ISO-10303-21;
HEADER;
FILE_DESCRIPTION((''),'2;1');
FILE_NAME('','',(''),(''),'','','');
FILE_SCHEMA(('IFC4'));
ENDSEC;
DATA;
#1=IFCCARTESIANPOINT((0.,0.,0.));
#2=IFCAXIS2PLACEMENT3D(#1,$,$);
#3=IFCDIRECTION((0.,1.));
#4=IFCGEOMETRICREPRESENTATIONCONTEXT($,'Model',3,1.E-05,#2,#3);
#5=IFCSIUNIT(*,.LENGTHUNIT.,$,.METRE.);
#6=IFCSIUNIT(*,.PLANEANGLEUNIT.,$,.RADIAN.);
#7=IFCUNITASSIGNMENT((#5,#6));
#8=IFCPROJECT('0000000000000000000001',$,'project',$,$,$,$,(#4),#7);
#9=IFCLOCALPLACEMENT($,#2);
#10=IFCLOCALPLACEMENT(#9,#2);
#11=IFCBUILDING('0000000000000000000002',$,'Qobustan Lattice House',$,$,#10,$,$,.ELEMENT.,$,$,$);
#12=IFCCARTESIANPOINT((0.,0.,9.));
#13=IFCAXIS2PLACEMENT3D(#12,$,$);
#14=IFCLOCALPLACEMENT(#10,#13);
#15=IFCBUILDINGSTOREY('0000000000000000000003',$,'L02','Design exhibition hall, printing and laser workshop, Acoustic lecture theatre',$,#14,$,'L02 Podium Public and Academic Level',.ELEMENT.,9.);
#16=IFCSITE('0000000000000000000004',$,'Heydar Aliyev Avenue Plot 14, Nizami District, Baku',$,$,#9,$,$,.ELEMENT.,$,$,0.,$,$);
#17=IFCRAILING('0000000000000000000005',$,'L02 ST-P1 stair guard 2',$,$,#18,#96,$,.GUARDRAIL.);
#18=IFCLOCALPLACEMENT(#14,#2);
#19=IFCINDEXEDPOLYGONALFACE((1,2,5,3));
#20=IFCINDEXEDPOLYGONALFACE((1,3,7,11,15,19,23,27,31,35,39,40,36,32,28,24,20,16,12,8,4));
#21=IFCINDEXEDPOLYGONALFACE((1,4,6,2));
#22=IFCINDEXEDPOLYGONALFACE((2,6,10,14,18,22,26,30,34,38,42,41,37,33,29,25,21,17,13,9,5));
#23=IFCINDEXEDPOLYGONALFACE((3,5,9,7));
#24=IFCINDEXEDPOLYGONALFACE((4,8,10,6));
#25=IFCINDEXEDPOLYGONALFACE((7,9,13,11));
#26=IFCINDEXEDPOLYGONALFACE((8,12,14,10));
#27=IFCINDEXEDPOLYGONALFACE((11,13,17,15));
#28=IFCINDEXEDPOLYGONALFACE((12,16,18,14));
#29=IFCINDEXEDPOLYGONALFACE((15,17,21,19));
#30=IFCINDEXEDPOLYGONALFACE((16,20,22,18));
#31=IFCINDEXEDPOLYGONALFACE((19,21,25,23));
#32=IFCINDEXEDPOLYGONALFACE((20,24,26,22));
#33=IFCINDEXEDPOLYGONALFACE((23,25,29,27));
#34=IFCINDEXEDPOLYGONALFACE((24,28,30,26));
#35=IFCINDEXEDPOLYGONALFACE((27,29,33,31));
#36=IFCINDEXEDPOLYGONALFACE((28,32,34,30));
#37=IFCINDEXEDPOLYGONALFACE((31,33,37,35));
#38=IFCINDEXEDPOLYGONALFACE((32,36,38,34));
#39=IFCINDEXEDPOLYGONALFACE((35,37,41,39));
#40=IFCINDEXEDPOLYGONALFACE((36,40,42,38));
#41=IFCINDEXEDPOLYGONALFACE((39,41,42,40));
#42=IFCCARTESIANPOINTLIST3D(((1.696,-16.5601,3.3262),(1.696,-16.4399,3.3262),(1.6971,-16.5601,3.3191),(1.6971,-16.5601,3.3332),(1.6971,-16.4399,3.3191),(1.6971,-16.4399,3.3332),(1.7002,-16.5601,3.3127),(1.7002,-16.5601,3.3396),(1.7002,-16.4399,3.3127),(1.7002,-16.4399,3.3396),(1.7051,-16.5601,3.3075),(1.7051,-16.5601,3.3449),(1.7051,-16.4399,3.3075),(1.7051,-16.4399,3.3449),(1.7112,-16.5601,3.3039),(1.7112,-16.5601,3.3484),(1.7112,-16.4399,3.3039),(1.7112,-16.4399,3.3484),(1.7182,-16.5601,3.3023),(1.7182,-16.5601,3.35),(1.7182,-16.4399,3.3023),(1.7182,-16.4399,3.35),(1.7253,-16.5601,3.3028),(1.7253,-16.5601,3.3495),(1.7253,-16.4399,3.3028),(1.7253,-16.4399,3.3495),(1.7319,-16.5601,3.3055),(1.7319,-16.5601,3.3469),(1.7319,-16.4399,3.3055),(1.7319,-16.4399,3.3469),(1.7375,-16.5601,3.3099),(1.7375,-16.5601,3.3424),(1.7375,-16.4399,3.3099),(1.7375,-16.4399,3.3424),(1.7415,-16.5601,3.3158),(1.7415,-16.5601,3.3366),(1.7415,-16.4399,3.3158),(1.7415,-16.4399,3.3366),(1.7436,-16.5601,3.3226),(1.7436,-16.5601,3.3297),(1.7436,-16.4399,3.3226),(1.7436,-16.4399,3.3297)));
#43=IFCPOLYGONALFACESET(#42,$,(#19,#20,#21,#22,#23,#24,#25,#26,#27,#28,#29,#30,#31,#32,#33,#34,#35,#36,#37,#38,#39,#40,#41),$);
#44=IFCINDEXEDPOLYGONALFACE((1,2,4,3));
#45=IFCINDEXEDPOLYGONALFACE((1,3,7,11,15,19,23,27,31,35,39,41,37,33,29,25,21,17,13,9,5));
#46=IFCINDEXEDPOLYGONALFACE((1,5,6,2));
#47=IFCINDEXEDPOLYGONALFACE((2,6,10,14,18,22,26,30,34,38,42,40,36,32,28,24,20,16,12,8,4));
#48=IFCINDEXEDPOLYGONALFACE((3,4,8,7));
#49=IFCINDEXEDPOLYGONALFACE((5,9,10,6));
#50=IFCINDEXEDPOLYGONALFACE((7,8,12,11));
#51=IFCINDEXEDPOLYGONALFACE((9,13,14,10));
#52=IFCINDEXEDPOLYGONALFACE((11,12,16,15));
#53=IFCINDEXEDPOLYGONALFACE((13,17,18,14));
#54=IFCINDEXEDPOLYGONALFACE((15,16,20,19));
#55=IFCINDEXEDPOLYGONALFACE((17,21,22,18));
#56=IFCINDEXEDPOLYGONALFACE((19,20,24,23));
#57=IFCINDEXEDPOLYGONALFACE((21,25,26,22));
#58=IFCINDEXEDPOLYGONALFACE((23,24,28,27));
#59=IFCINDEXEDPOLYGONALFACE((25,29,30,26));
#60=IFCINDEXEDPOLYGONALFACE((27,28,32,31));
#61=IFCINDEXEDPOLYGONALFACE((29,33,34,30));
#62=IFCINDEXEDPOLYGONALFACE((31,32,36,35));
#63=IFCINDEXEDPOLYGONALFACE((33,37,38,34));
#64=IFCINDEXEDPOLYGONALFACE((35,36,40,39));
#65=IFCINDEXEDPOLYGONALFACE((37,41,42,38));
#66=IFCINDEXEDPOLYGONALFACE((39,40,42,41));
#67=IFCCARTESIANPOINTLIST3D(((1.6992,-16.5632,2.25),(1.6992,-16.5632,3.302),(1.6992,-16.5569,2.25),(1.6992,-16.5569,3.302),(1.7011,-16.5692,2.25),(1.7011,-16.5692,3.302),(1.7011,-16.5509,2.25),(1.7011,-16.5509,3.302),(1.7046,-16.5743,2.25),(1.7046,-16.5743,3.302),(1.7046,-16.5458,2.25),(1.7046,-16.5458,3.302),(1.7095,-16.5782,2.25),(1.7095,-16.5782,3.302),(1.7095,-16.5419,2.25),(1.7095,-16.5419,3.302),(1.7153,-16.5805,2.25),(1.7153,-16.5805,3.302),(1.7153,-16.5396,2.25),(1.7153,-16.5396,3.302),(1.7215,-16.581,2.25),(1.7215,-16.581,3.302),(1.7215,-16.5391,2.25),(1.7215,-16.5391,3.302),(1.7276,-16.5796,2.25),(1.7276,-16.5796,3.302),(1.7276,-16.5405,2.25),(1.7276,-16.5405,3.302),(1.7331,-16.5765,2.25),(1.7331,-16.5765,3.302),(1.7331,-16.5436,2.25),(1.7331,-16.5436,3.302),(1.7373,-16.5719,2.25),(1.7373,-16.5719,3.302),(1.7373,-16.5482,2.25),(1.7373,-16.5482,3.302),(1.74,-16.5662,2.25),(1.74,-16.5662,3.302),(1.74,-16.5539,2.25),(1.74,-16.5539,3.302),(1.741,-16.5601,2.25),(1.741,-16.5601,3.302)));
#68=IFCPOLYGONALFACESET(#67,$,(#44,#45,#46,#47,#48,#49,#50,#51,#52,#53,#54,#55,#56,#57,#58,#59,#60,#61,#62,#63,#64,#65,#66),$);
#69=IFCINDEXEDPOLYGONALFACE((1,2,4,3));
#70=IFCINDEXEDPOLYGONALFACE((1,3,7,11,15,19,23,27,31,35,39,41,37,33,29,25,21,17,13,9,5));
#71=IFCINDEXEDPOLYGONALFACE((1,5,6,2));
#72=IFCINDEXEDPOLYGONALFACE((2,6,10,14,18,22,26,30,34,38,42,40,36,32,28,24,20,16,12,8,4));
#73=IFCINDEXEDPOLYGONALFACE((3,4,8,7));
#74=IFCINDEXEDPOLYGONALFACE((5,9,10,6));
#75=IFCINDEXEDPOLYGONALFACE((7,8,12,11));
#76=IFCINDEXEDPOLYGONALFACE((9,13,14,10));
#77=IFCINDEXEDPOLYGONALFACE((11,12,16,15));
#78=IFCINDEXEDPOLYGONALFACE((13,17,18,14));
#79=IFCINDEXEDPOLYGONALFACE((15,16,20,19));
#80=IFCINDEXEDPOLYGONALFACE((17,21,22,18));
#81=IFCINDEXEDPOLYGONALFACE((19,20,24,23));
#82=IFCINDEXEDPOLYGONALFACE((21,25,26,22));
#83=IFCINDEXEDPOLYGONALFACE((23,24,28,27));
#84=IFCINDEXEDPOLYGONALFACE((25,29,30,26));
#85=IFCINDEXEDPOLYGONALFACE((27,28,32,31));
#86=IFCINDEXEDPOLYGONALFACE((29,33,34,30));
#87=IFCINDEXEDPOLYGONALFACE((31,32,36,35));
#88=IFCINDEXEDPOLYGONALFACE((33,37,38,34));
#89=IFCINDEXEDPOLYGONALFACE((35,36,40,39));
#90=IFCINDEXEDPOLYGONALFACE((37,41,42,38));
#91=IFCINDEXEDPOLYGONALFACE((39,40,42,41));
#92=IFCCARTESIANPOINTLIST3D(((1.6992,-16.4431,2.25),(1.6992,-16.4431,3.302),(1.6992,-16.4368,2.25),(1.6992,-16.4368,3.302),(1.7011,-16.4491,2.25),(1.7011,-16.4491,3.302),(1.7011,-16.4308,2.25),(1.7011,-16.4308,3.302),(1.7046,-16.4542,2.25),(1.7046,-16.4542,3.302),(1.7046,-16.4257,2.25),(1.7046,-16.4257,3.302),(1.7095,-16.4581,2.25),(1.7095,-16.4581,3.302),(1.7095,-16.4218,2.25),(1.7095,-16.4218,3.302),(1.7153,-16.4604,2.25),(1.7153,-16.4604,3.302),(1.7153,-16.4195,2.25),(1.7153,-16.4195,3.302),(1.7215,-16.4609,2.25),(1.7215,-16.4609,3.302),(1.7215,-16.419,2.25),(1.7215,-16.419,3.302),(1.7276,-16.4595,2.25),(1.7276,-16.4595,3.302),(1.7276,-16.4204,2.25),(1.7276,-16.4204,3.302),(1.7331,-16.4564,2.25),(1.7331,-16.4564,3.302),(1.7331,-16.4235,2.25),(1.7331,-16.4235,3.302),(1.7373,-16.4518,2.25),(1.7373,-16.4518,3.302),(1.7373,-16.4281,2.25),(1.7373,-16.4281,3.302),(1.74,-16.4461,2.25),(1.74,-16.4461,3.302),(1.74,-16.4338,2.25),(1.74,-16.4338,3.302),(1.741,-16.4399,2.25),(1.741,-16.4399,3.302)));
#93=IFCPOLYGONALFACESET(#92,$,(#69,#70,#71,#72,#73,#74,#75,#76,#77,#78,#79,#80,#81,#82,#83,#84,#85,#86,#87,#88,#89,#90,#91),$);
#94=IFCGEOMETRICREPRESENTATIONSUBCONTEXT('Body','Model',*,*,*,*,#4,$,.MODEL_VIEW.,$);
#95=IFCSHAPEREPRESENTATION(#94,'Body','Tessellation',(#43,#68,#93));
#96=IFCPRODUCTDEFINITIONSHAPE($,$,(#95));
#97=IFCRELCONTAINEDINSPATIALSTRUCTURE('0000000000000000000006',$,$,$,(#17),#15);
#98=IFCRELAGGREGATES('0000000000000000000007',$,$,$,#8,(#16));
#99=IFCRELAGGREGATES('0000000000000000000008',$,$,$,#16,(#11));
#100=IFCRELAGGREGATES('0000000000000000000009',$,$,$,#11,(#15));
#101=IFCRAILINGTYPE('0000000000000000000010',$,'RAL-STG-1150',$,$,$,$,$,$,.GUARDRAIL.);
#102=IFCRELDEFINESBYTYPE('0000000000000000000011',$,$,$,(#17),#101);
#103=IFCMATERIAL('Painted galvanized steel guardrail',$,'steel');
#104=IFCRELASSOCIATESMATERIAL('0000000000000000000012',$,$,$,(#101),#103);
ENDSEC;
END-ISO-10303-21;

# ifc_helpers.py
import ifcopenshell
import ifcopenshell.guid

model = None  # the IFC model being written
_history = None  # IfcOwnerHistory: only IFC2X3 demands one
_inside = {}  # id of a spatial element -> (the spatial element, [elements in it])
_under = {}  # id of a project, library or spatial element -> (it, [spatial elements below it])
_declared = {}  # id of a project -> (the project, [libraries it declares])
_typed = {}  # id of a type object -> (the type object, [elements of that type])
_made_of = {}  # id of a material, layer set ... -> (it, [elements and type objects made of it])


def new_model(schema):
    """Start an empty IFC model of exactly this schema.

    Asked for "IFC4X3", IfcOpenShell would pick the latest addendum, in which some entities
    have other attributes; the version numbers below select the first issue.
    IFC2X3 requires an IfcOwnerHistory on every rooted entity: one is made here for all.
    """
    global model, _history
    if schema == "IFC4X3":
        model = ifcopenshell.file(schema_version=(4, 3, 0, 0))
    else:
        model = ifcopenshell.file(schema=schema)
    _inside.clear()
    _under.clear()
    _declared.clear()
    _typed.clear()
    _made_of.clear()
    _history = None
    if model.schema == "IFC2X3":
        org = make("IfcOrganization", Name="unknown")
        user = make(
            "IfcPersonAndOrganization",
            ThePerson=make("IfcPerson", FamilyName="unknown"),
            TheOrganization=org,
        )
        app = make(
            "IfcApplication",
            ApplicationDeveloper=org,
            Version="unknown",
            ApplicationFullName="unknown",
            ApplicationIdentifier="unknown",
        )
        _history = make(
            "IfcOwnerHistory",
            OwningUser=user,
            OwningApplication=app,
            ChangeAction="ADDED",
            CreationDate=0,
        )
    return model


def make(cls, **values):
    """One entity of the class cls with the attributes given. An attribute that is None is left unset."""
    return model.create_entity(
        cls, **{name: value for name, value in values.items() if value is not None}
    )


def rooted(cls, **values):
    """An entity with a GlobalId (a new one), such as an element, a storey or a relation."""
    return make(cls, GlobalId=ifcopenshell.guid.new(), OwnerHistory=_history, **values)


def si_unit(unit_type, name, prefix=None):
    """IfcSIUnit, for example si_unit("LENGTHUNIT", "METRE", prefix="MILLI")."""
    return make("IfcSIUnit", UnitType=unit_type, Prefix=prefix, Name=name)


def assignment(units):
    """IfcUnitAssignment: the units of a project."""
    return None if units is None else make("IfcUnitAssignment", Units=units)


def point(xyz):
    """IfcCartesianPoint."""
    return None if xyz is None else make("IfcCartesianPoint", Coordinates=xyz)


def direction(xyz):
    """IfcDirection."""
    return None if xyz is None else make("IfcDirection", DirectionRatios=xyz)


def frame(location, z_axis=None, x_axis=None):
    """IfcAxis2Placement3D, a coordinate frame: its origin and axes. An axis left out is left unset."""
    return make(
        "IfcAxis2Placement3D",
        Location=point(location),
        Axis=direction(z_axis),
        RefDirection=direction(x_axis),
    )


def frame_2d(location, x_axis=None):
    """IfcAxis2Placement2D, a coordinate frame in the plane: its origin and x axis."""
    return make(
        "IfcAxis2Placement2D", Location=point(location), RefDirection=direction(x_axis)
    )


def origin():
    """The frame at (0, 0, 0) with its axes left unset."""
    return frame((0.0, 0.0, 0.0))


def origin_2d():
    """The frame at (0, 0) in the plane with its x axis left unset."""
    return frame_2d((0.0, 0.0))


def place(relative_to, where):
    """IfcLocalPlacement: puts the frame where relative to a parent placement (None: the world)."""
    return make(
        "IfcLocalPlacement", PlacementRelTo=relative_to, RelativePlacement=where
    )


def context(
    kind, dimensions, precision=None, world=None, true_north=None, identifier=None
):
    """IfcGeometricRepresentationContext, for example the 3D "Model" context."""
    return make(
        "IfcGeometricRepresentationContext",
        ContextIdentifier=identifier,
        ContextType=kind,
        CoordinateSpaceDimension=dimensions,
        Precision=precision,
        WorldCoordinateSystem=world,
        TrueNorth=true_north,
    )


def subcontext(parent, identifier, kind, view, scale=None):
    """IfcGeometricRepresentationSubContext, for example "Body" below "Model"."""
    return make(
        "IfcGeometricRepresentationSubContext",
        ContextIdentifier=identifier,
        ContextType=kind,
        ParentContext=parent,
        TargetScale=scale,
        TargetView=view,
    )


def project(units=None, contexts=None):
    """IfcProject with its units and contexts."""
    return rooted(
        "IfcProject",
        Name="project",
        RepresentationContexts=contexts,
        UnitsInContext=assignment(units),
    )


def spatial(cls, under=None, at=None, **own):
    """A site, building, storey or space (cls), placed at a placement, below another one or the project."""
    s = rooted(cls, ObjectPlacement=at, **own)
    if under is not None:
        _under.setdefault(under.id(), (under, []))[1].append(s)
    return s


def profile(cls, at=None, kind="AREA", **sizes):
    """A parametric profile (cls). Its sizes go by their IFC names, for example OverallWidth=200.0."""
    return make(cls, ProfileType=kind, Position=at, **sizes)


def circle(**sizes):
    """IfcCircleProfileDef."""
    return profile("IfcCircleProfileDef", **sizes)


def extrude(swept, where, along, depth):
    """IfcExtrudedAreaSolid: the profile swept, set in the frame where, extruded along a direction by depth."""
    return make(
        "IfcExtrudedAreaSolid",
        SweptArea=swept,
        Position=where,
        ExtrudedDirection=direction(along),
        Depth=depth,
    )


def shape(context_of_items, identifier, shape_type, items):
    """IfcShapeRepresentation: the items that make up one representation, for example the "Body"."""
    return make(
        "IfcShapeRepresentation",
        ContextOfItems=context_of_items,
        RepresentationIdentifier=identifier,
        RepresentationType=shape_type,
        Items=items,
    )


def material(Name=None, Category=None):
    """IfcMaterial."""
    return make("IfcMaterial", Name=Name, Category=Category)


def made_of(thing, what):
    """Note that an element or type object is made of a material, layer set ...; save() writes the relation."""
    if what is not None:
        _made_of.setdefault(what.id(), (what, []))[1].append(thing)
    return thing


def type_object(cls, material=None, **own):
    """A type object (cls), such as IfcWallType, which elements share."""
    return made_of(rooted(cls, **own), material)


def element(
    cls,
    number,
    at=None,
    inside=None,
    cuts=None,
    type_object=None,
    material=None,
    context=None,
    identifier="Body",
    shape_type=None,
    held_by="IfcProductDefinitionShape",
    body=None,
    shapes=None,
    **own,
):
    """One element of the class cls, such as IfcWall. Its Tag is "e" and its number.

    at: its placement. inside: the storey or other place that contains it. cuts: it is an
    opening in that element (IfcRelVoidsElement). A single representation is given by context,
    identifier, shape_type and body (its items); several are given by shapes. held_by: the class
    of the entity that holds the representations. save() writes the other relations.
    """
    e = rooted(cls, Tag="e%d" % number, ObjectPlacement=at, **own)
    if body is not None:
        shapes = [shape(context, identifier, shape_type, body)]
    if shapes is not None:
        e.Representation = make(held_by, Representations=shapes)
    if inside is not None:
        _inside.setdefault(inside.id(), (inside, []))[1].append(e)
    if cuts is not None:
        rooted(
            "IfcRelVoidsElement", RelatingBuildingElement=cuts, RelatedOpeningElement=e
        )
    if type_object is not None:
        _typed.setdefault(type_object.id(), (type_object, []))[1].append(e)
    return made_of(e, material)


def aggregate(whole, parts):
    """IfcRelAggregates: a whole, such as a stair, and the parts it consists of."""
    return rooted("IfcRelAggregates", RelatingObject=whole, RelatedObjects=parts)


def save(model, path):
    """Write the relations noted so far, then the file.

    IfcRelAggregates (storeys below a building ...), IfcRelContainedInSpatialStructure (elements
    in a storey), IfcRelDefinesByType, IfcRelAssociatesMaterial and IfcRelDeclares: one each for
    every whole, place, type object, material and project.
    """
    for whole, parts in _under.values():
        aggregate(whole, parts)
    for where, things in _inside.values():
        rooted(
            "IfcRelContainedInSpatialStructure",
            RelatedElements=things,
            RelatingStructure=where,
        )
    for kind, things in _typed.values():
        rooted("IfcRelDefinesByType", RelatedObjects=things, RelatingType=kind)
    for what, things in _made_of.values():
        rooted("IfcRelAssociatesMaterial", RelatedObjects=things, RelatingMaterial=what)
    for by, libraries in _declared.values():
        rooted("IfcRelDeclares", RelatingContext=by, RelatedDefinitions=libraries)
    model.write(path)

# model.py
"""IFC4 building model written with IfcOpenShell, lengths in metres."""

from ifc_helpers import new_model, si_unit, direction, frame, origin, origin_2d, place, context, subcontext, project, spatial, circle, extrude, material, type_object, element, save


model = new_model("IFC4")

# Units and contexts
model_context = context("Model", 3, precision=1e-05, world=origin(), true_north=direction((0.0, 1.0)))
body_context = subcontext(model_context, "Body", "Model", "MODEL_VIEW")
ifc_project = project(units=[si_unit("LENGTHUNIT", "METRE"), si_unit("PLANEANGLEUNIT", "RADIAN")], contexts=[model_context])

# Site, building, storey
site_placement = place(None, origin())
site = spatial("IfcSite", under=ifc_project, at=site_placement, Name="Heydar Aliyev Avenue Plot 14, Nizami District, Baku", CompositionType="ELEMENT", RefElevation=0.0)
building_placement = place(site_placement, origin())
building = spatial("IfcBuilding", under=site, at=building_placement, Name="Qobustan Lattice House", CompositionType="ELEMENT")
storey_placement = place(building_placement, frame((0.0, 0.0, 9.0)))
storey = spatial("IfcBuildingStorey", under=building, at=storey_placement, Name="L02", Description="Design exhibition hall, printing and laser workshop, Acoustic lecture theatre", LongName="L02 Podium Public and Academic Level", CompositionType="ELEMENT", Elevation=9.0)

# Railing
ifc_material_1 = material(Name="Painted galvanized steel guardrail", Category="steel")
railing_type_1 = type_object("IfcRailingType", Name="RAL-STG-1150", PredefinedType="GUARDRAIL", material=ifc_material_1)
railing_1_placement = place(storey_placement, frame((1.72, -16.5601, 2.25)))
element("IfcRailing", 1, at=railing_1_placement, inside=storey, type_object=railing_type_1, Name="L02 ST-P1 stair guard 2", PredefinedType="GUARDRAIL", context=body_context, shape_type="SweptSolid", body=[
    extrude(circle(Radius=0.0239, at=origin_2d()), frame((0.0, 0.0, 1.0762), z_axis=(0.0, 1.0, 0.0), x_axis=(-1.0, 0.0, 0.0)), (0.0, 0.0, 1.0), 0.1201),
    extrude(circle(Radius=0.021, at=origin_2d()), origin(), (0.0, 0.0, 1.0), 1.052),
    extrude(circle(Radius=0.021, at=origin_2d()), frame((0.0, 0.1201, 0.0)), (0.0, 0.0, 1.0), 1.052),
])

save(model, "model.ifc")
